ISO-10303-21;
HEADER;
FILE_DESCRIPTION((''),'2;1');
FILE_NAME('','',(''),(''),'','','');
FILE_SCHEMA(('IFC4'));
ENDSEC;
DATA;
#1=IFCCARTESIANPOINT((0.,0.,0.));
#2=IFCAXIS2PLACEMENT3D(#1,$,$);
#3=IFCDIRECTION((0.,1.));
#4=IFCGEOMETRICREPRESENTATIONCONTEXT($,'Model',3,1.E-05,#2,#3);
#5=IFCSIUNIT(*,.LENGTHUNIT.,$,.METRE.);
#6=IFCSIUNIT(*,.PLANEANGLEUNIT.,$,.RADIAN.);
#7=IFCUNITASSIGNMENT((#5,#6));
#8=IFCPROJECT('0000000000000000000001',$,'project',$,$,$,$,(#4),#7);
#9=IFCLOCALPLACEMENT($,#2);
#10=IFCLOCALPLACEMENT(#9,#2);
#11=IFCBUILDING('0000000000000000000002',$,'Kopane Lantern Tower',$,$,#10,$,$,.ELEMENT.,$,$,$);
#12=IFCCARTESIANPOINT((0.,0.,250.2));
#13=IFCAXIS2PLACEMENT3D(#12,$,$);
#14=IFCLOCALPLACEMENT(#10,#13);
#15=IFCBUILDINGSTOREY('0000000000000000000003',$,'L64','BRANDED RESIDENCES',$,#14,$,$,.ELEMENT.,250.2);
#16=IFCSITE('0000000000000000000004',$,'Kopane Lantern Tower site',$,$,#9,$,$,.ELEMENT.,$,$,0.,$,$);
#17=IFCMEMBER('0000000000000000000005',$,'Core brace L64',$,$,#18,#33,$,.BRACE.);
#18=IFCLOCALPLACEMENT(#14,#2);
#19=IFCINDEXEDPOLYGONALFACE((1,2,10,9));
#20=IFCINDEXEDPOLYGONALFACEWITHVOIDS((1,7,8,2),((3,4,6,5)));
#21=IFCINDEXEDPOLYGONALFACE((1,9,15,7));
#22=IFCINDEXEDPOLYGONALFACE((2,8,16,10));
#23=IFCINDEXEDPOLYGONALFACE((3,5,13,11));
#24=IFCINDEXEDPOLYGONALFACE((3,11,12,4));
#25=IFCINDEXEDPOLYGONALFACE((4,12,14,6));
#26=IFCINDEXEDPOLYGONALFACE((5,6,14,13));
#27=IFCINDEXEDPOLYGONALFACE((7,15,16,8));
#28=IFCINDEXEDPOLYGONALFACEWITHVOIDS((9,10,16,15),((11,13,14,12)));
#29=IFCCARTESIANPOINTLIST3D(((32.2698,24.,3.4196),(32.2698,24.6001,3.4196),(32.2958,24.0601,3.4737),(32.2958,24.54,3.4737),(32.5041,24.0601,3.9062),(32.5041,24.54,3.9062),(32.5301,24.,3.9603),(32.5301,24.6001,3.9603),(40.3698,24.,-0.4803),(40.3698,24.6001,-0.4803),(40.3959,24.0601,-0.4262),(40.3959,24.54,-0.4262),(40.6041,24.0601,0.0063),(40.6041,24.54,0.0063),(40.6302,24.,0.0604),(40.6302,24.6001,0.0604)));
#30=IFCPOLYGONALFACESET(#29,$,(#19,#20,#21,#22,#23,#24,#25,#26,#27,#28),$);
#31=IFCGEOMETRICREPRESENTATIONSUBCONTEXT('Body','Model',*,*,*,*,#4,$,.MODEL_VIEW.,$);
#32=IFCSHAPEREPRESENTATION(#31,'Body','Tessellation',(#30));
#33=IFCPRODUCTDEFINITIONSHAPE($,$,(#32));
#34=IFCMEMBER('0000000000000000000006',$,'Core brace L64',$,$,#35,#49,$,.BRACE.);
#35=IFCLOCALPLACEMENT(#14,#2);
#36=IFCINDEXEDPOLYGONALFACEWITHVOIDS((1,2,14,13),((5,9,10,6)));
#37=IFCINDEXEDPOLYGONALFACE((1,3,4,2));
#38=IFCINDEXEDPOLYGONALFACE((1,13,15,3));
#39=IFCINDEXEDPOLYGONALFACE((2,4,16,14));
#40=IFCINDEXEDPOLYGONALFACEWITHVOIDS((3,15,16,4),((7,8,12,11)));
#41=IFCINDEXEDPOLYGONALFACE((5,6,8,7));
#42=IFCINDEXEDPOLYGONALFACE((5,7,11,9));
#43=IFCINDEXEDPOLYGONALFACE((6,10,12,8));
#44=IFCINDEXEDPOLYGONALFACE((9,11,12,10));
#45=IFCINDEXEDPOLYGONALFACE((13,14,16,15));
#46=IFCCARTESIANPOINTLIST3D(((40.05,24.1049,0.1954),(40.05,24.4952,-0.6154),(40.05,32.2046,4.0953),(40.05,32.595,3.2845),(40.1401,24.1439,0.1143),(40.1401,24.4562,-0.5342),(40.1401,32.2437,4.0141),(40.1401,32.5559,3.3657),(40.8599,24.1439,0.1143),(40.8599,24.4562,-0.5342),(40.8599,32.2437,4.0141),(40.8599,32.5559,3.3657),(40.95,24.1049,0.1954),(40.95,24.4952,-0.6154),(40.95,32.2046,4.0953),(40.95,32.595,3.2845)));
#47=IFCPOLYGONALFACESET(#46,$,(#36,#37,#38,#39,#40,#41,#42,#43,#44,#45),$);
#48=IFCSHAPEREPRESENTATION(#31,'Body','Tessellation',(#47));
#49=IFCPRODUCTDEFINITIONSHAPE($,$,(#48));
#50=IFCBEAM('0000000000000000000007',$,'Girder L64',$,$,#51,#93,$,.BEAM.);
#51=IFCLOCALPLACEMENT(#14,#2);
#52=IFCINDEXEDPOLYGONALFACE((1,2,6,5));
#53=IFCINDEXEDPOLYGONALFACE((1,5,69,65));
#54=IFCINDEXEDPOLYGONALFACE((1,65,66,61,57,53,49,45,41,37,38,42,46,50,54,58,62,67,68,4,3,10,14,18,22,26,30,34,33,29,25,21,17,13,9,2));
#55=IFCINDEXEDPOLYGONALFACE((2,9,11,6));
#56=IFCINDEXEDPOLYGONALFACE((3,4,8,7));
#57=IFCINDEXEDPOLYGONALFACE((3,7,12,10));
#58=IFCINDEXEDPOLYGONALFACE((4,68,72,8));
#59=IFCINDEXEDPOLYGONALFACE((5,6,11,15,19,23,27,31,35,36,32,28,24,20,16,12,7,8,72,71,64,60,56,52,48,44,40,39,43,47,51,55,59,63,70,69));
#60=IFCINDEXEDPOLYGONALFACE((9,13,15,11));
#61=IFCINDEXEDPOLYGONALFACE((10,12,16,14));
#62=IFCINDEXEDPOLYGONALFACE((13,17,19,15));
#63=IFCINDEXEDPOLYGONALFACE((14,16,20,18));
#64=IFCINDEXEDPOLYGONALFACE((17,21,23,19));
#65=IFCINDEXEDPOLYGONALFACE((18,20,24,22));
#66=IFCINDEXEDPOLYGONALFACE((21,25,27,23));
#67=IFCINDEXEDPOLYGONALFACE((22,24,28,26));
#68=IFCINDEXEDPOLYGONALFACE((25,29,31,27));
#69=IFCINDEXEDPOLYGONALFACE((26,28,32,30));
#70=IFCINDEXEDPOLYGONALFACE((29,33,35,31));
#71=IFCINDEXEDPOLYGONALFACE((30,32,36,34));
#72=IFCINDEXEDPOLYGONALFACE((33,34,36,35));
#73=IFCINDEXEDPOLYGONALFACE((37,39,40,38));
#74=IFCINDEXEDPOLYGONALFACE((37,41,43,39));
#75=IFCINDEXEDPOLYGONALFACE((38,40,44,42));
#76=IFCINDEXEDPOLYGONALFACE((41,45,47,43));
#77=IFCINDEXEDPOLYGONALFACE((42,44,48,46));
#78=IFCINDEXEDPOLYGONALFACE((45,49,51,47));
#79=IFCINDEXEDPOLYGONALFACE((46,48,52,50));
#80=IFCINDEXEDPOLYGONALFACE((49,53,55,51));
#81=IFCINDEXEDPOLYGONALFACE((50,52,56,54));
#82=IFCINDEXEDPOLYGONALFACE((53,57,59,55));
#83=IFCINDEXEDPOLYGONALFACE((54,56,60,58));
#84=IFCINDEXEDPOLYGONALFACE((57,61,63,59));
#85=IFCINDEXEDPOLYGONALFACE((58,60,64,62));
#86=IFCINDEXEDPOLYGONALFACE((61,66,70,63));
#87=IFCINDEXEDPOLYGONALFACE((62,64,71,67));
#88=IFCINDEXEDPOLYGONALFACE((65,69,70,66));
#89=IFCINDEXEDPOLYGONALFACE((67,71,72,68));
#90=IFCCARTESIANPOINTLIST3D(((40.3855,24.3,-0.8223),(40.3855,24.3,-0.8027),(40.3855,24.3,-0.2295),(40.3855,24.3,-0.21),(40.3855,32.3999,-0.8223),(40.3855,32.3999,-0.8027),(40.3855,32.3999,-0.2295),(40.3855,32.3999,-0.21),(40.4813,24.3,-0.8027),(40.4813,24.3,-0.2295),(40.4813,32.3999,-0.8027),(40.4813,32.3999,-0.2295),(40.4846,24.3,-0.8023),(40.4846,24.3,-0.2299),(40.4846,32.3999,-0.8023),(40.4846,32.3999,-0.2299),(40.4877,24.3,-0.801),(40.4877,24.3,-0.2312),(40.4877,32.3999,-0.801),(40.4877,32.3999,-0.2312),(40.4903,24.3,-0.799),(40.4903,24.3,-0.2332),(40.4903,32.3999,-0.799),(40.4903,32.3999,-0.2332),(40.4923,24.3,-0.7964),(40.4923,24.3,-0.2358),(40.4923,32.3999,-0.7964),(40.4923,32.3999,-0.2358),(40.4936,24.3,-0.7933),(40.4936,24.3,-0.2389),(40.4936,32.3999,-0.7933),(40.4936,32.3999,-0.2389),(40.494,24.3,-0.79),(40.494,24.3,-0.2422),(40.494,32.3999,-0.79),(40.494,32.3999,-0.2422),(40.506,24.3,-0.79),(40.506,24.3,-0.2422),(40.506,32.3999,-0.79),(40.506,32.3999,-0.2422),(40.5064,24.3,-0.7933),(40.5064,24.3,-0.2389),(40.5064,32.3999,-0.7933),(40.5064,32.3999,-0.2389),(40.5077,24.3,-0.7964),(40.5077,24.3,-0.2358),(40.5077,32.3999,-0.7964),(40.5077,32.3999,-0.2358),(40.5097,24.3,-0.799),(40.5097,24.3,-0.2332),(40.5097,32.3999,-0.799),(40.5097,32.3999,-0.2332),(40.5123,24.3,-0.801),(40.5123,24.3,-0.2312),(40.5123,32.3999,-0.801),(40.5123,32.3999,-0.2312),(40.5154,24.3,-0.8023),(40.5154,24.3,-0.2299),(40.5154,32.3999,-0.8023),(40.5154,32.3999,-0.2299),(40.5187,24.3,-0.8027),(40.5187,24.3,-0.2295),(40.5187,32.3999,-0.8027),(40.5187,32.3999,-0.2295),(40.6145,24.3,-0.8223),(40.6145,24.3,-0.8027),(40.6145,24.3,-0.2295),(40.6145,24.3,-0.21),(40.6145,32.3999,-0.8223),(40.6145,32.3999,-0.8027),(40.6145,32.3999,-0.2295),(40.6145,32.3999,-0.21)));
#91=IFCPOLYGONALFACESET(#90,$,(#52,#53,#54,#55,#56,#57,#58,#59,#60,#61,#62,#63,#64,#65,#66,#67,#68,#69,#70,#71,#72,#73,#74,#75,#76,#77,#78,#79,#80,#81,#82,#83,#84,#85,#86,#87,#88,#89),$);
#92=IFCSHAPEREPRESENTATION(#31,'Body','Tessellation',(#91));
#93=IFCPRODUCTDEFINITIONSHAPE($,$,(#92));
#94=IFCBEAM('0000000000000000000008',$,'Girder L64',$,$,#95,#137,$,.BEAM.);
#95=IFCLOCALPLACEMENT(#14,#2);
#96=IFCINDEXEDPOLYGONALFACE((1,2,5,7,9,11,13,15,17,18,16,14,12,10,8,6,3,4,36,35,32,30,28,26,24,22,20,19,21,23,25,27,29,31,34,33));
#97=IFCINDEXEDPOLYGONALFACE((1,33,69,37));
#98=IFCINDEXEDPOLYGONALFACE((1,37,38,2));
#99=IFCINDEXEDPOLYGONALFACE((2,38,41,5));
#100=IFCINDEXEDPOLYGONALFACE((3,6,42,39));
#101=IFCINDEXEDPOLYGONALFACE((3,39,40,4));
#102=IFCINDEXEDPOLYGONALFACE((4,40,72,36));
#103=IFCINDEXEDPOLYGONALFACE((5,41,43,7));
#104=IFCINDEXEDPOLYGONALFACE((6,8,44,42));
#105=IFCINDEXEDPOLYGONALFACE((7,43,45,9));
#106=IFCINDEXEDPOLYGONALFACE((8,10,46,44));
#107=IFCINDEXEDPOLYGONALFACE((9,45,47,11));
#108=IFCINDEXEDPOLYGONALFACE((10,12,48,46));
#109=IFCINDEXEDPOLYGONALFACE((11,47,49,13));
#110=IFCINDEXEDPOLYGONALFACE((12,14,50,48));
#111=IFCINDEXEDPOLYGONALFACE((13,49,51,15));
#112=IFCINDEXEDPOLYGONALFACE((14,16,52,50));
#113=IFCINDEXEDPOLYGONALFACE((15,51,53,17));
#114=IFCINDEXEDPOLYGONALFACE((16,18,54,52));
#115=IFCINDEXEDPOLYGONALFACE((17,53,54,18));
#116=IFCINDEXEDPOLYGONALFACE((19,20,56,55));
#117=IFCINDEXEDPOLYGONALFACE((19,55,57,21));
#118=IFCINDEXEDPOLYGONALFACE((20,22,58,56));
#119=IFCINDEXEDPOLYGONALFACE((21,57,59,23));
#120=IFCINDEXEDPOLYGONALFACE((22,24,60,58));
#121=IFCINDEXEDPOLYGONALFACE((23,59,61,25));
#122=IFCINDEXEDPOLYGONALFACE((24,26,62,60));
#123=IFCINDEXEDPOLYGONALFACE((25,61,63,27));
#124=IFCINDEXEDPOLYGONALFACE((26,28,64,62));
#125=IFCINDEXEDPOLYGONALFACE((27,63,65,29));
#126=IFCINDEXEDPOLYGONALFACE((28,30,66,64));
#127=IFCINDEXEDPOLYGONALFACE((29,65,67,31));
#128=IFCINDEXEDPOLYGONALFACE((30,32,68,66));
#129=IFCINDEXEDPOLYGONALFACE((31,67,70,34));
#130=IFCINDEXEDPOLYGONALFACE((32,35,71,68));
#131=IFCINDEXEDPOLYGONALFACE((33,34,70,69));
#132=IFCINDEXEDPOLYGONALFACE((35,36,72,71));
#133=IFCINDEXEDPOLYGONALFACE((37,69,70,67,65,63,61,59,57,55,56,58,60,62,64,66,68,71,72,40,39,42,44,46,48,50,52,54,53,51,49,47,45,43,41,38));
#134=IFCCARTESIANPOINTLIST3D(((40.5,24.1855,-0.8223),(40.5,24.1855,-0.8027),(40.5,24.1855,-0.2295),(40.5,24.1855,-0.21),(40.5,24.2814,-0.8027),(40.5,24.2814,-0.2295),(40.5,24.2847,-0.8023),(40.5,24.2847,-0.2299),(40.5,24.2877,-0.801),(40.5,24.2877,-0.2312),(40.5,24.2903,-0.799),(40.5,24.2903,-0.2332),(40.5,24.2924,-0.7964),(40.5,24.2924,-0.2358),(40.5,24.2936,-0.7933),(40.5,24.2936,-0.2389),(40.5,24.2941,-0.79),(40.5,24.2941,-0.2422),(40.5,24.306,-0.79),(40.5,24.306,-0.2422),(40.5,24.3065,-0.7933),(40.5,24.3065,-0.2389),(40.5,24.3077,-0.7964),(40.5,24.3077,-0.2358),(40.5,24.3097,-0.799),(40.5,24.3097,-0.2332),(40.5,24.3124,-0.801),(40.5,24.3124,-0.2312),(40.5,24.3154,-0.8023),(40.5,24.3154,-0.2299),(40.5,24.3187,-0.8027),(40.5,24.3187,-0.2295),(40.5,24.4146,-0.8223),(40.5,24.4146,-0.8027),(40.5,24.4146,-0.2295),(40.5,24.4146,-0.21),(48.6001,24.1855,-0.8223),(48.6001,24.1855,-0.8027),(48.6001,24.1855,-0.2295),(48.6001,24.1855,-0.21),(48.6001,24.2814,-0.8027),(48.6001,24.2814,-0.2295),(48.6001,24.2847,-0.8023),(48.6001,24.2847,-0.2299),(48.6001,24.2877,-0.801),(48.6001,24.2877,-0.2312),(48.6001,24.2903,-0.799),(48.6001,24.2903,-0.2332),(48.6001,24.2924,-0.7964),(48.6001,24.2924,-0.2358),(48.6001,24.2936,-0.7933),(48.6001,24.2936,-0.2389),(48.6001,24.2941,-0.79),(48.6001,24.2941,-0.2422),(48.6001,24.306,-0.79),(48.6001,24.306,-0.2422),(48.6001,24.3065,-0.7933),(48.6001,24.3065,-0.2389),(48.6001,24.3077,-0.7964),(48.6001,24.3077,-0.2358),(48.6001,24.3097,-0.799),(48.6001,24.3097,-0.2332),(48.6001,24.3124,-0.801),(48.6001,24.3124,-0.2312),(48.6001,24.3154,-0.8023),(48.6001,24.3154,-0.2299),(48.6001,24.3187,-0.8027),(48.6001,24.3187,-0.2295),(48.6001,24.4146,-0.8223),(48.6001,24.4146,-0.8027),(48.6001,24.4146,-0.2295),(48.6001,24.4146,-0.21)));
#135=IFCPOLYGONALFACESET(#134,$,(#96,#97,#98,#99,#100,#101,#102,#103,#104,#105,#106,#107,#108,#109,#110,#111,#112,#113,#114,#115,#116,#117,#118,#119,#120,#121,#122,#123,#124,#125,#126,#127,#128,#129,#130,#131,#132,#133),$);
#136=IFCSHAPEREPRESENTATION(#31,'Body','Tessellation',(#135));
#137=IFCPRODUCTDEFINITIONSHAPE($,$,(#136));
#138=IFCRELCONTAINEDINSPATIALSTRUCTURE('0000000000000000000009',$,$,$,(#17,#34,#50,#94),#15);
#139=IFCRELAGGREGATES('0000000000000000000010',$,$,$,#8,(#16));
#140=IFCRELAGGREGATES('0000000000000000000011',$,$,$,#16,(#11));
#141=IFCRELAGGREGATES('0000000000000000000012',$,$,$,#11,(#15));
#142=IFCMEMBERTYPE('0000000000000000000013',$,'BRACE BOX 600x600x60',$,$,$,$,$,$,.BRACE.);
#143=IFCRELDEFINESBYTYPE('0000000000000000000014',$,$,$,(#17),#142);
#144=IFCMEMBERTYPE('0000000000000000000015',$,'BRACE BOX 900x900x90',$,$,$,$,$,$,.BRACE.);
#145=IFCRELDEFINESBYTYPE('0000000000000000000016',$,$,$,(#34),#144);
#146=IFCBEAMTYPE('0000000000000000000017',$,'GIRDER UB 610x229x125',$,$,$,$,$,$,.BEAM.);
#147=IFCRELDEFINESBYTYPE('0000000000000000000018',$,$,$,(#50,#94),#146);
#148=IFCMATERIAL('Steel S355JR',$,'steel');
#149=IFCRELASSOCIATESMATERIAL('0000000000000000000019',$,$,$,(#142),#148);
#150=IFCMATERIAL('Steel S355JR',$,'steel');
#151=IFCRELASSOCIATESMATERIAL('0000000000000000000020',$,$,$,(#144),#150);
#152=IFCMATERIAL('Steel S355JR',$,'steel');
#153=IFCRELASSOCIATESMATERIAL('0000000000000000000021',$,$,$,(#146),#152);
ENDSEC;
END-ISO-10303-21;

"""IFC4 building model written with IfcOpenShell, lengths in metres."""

from ifc_helpers import new_model, si_unit, direction, frame, origin, origin_2d, place, context, subcontext, project, spatial, hollow_rectangle, i_section, extrude, material, material_profile, profile_set, type_object, element, save


model = new_model("IFC4")

# Units and contexts
model_context = context("Model", 3, precision=1e-05, world=origin(), true_north=direction((0.0, 1.0)))
body_context = subcontext(model_context, "Body", "Model", "MODEL_VIEW")
ifc_project = project(units=[si_unit("LENGTHUNIT", "METRE"), si_unit("PLANEANGLEUNIT", "RADIAN")], contexts=[model_context])

# Site, building, storey
site_placement = place(None, origin())
site = spatial("IfcSite", under=ifc_project, at=site_placement, Name="Kopane Lantern Tower site", CompositionType="ELEMENT", RefElevation=0.0)
building_placement = place(site_placement, origin())
building = spatial("IfcBuilding", under=site, at=building_placement, Name="Kopane Lantern Tower", CompositionType="ELEMENT")
storey_placement = place(building_placement, frame((0.0, 0.0, 250.2)))
storey = spatial("IfcBuildingStorey", under=building, at=storey_placement, Name="L64", Description="BRANDED RESIDENCES", CompositionType="ELEMENT", Elevation=250.2)

# Members
ifc_material_1 = material(Name="Steel S355JR", Category="steel")
ifc_material_profile_1 = material_profile(ifc_material_1, hollow_rectangle(XDim=0.6001, YDim=0.6001, WallThickness=0.0601, at=origin_2d()), Name="BOX 600x600x60")
ifc_profile_set_1 = profile_set([ifc_material_profile_1], Name="Steel S355JR")
member_type_1 = type_object("IfcMemberType", Name="BRACE BOX 600x600x60", PredefinedType="BRACE", material=ifc_profile_set_1)
member_1_placement = place(storey_placement, frame((40.5, 24.3, -0.21), z_axis=(-0.901008, 0.0, 0.433803), x_axis=(0.0, -1.0, 0.0)))
element("IfcMember", 1, at=member_1_placement, inside=storey, type_object=member_type_1, Name="Core brace L64", PredefinedType="BRACE", context=body_context, shape_type="SweptSolid", body=[
    extrude(hollow_rectangle(XDim=0.6001, YDim=0.6001, WallThickness=0.0601, at=origin_2d()), origin(), (0.0, 0.0, 1.0), 8.99),
])
ifc_material_2 = material(Name="Steel S355JR", Category="steel")
ifc_material_profile_2 = material_profile(ifc_material_2, hollow_rectangle(XDim=0.8999, YDim=0.8999, WallThickness=0.0901, at=origin_2d()), Name="BOX 900x900x90")
ifc_profile_set_2 = profile_set([ifc_material_profile_2], Name="Steel S355JR")
member_type_2 = type_object("IfcMemberType", Name="BRACE BOX 900x900x90", PredefinedType="BRACE", material=ifc_profile_set_2)
member_2_placement = place(storey_placement, frame((40.5, 24.3, -0.21), z_axis=(0.0, 0.901003, 0.433813), x_axis=(-1.0, 0.0, 0.0)))
element("IfcMember", 2, at=member_2_placement, inside=storey, type_object=member_type_2, Name="Core brace L64", PredefinedType="BRACE", context=body_context, shape_type="SweptSolid", body=[
    extrude(hollow_rectangle(XDim=0.8999, YDim=0.8999, WallThickness=0.0901, at=origin_2d()), origin(), (0.0, 0.0, 1.0), 8.9897),
])

# Beams
ifc_material_3 = material(Name="Steel S355JR", Category="steel")
ifc_material_profile_3 = material_profile(ifc_material_3, i_section(OverallWidth=0.229, OverallDepth=0.6123, WebThickness=0.012, FlangeThickness=0.0195, FilletRadius=0.0127, at=origin_2d()), Name="UB 610x229x125")
ifc_profile_set_3 = profile_set([ifc_material_profile_3], Name="Steel S355JR")
beam_type = type_object("IfcBeamType", Name="GIRDER UB 610x229x125", PredefinedType="BEAM", material=ifc_profile_set_3)
beam_1_placement = place(storey_placement, frame((40.5, 24.3, -0.5161), z_axis=(0.0, 1.0, 0.0), x_axis=(-1.0, 0.0, 0.0)))
element("IfcBeam", 3, at=beam_1_placement, inside=storey, type_object=beam_type, Name="Girder L64", PredefinedType="BEAM", context=body_context, shape_type="SweptSolid", body=[
    extrude(i_section(OverallWidth=0.229, OverallDepth=0.6123, WebThickness=0.012, FlangeThickness=0.0195, FilletRadius=0.0127, at=origin_2d()), origin(), (0.0, 0.0, 1.0), 8.0999),
])
beam_2_placement = place(storey_placement, frame((40.5, 24.3, -0.5161), z_axis=(1.0, 0.0, 0.0), x_axis=(0.0, 1.0, 0.0)))
element("IfcBeam", 4, at=beam_2_placement, inside=storey, type_object=beam_type, Name="Girder L64", PredefinedType="BEAM", context=body_context, shape_type="SweptSolid", body=[
    extrude(i_section(OverallWidth=0.229, OverallDepth=0.6123, WebThickness=0.012, FlangeThickness=0.0195, FilletRadius=0.0127, at=origin_2d()), origin(), (0.0, 0.0, 1.0), 8.1001),
])

save(model, "model.ifc")
